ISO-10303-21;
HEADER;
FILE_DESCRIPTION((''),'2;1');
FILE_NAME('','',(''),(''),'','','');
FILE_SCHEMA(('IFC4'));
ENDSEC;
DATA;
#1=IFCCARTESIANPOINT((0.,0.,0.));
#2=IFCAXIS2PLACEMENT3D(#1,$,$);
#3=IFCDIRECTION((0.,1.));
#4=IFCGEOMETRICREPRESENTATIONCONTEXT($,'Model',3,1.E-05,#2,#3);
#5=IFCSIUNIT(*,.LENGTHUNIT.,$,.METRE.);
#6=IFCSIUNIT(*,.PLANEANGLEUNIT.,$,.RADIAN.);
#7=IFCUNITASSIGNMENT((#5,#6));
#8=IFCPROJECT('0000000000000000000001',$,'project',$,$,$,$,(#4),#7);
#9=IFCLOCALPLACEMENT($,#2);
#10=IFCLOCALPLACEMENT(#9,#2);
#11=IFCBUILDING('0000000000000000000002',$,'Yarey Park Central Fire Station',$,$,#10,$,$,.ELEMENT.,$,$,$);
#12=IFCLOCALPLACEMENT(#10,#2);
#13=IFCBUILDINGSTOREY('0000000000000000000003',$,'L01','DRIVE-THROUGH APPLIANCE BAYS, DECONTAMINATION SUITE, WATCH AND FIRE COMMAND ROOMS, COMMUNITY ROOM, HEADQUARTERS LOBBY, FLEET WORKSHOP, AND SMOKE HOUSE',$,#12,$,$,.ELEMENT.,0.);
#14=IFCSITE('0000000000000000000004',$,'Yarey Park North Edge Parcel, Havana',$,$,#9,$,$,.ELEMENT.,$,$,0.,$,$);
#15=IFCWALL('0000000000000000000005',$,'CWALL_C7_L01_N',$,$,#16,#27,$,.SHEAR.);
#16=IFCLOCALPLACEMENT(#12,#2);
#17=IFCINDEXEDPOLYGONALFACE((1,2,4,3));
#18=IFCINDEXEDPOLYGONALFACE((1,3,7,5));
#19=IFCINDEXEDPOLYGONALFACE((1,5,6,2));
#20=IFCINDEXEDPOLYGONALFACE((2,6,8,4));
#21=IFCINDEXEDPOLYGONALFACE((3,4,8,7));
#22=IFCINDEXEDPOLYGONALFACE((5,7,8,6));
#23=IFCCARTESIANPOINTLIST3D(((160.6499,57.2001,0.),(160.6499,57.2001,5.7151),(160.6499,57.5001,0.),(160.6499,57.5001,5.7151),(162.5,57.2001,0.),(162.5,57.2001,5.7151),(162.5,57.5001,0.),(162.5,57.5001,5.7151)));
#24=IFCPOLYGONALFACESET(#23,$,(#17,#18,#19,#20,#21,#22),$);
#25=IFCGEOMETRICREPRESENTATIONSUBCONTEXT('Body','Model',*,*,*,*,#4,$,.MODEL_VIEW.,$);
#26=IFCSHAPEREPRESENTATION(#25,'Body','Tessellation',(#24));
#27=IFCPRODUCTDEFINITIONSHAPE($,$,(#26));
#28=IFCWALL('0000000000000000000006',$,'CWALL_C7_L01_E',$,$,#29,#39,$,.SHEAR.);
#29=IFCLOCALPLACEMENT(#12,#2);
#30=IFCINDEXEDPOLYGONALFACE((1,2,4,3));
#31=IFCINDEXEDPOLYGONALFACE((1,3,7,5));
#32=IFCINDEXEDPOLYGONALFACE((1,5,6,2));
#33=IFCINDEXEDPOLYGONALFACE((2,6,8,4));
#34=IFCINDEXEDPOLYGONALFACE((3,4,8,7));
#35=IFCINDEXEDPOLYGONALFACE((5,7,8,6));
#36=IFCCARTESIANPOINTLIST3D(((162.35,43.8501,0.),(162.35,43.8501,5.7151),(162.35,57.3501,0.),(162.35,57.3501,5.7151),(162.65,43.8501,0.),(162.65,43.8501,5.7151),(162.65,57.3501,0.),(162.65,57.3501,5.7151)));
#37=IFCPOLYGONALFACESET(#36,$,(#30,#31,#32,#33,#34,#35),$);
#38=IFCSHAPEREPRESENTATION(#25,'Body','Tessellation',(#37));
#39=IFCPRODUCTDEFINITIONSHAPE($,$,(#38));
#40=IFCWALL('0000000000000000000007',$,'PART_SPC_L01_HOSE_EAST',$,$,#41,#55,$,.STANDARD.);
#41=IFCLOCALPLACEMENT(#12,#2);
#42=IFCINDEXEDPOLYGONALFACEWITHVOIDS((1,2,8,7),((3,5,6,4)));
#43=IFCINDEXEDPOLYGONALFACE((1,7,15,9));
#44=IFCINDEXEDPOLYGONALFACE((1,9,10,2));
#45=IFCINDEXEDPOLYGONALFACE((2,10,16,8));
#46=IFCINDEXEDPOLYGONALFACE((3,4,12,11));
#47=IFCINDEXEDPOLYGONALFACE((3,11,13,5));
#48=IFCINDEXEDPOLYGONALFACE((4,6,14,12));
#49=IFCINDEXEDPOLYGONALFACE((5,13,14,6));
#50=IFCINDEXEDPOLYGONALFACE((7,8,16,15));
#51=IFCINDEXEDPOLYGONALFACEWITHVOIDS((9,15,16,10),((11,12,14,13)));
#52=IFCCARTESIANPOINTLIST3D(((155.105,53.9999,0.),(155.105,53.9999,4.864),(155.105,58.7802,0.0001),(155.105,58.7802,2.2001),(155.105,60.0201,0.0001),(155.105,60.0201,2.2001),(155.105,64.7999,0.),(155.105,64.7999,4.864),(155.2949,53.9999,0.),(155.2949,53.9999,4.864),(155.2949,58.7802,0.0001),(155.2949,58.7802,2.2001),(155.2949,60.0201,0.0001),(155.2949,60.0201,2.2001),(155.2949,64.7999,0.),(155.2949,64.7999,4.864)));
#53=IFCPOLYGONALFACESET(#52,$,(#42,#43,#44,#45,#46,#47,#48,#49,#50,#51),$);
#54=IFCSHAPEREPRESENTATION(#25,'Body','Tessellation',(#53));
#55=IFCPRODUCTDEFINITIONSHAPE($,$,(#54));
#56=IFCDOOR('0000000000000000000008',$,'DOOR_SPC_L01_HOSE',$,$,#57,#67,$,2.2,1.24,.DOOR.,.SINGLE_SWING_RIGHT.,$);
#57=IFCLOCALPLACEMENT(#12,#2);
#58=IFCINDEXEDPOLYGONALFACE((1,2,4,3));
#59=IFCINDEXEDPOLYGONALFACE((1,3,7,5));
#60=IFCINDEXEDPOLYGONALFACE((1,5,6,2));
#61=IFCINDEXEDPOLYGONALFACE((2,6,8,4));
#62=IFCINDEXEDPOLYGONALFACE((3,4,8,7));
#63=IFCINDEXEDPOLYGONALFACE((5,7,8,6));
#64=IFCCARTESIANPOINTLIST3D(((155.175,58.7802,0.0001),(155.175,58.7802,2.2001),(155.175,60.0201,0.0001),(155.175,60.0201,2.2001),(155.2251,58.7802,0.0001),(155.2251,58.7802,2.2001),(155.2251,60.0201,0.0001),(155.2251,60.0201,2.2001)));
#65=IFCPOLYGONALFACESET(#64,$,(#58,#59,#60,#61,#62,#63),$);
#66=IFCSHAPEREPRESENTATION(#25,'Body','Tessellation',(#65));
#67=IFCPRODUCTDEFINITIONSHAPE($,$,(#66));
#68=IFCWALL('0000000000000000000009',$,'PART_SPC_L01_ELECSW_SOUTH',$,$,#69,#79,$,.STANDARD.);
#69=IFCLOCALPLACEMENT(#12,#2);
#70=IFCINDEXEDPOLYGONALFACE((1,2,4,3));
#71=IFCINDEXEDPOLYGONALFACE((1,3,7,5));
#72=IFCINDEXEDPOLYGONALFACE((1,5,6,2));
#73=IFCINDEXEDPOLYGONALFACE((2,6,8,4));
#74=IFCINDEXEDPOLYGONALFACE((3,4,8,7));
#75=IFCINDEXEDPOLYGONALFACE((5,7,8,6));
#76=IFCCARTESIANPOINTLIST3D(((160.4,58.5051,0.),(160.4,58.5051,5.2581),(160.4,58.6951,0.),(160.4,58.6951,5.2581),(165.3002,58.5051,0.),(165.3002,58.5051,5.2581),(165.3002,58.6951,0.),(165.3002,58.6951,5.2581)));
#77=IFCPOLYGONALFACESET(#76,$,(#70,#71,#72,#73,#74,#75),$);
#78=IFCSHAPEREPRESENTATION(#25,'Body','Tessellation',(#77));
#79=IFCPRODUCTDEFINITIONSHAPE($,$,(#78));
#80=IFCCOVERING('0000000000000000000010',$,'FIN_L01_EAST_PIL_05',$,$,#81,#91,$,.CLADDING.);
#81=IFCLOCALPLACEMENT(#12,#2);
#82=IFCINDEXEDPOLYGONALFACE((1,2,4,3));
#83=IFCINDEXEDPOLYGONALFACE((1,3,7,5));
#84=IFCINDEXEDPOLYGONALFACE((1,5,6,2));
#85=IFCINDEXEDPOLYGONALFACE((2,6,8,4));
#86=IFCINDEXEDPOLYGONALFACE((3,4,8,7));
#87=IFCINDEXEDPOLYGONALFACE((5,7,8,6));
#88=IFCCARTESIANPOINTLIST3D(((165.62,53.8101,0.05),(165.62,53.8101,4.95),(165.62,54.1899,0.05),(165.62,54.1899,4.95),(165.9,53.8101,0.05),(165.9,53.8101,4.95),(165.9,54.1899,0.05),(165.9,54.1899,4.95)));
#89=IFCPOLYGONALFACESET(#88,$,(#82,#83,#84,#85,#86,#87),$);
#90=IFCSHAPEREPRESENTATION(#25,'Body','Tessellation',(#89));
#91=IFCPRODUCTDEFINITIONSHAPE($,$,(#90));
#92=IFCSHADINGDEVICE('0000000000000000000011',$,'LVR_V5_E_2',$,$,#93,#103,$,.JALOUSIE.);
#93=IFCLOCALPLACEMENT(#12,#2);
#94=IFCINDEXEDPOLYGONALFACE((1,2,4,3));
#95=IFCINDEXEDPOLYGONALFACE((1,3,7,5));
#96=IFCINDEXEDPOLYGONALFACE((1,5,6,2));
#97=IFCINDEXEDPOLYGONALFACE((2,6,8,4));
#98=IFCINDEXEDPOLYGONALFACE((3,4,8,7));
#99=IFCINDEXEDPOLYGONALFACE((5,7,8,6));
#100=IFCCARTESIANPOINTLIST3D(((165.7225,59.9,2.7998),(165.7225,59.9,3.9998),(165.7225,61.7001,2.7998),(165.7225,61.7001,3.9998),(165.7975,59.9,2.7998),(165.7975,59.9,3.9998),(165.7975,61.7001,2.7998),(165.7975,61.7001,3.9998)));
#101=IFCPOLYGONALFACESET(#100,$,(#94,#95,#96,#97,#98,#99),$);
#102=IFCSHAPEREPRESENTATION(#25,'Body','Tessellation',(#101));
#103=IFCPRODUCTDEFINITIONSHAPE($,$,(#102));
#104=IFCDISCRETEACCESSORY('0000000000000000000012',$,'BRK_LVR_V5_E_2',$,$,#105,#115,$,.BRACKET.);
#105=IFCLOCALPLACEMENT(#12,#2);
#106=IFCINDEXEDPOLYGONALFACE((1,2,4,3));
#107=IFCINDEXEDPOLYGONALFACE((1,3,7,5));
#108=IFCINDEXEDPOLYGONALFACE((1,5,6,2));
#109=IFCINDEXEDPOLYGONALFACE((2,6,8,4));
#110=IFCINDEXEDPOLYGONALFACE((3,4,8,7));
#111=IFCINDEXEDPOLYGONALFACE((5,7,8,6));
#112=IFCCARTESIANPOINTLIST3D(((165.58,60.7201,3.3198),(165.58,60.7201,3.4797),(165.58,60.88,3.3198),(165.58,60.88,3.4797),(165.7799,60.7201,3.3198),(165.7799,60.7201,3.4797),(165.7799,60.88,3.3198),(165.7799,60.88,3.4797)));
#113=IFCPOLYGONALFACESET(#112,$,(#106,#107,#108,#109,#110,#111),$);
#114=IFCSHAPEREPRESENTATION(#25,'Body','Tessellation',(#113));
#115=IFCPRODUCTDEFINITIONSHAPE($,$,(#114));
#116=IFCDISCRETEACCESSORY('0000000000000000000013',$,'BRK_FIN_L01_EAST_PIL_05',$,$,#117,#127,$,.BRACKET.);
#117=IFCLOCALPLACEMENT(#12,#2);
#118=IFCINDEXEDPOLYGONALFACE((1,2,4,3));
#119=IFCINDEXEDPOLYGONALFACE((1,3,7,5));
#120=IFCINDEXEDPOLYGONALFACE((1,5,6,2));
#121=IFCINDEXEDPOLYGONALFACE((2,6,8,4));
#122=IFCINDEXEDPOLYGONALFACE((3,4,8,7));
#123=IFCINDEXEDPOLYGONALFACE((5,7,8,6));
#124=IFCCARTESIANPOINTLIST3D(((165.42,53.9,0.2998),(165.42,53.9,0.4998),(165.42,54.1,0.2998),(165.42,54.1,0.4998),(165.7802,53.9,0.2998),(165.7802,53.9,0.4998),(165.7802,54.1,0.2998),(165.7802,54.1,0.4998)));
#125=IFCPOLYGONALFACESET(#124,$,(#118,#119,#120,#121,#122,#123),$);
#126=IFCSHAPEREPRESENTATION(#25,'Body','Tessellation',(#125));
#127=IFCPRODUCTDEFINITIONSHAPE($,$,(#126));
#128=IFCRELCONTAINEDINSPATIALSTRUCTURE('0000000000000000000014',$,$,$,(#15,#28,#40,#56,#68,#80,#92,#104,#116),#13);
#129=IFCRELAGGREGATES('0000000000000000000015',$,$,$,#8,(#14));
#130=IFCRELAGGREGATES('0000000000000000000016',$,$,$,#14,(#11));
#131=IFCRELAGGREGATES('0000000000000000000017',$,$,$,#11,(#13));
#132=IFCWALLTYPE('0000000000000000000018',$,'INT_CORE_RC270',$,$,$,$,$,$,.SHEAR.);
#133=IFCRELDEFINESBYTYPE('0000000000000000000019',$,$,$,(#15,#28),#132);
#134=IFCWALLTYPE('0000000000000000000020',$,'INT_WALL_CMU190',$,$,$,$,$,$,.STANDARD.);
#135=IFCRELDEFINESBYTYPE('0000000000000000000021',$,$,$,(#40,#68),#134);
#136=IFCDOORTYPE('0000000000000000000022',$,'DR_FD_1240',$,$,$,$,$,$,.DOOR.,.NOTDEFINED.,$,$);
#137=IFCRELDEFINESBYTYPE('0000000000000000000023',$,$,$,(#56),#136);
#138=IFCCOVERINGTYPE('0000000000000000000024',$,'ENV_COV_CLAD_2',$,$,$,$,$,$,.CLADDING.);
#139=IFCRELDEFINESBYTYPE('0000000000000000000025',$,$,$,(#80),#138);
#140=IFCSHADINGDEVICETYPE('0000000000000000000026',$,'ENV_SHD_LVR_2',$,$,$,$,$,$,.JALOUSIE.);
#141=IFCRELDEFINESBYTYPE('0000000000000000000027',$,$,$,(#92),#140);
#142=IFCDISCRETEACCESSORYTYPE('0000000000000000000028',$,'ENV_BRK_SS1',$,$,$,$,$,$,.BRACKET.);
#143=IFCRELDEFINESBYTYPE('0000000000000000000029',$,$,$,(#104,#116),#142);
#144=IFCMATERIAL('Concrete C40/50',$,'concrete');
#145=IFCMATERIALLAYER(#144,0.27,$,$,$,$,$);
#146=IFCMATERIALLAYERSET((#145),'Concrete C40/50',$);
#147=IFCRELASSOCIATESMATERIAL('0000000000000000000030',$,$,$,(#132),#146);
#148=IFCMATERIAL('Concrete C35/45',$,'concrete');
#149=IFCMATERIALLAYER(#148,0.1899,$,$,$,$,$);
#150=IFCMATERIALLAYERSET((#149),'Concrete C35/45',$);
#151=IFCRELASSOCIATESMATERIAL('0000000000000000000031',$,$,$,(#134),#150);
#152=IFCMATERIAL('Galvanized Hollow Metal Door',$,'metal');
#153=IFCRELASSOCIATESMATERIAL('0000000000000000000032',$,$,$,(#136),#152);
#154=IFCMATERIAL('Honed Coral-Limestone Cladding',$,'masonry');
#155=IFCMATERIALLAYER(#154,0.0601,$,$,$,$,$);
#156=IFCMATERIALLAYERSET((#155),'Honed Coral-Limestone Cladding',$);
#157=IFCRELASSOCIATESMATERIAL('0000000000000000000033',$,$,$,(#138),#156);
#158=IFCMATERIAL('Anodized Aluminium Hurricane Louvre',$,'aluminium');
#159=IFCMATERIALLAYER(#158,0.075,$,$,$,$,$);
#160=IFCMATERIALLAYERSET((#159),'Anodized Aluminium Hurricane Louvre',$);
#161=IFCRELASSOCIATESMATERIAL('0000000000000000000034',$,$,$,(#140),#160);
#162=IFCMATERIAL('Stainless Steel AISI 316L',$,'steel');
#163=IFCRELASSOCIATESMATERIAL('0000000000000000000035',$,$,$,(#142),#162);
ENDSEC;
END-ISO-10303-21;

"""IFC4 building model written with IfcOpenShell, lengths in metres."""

from ifc_helpers import new_model, si_unit, direction, frame, frame_2d, origin, origin_2d, place, context, subcontext, project, spatial, rectangle, extrude, material, layer, layer_set, type_object, element, fill, save


model = new_model("IFC4")

# Units and contexts
model_context = context("Model", 3, precision=1e-05, world=origin(), true_north=direction((0.0, 1.0)))
body_context = subcontext(model_context, "Body", "Model", "MODEL_VIEW")
ifc_project = project(units=[si_unit("LENGTHUNIT", "METRE"), si_unit("PLANEANGLEUNIT", "RADIAN")], contexts=[model_context])

# Site, building, storey
site_placement = place(None, origin())
site = spatial("IfcSite", under=ifc_project, at=site_placement, Name="Yarey Park North Edge Parcel, Havana", CompositionType="ELEMENT", RefElevation=0.0)
building_placement = place(site_placement, origin())
building = spatial("IfcBuilding", under=site, at=building_placement, Name="Yarey Park Central Fire Station", CompositionType="ELEMENT")
storey_placement = place(building_placement, origin())
storey = spatial("IfcBuildingStorey", under=building, at=storey_placement, Name="L01", Description="DRIVE-THROUGH APPLIANCE BAYS, DECONTAMINATION SUITE, WATCH AND FIRE COMMAND ROOMS, COMMUNITY ROOM, HEADQUARTERS LOBBY, FLEET WORKSHOP, AND SMOKE HOUSE", CompositionType="ELEMENT", Elevation=0.0)

# Shared definitions
ifc_material_1 = material(Name="Concrete C35/45", Category="concrete")

# Walls
ifc_material_2 = material(Name="Concrete C40/50", Category="concrete")
ifc_layer_1 = layer(ifc_material_2, 0.27)
ifc_layer_set_1 = layer_set([ifc_layer_1], Name="Concrete C40/50")
wall_type_1 = type_object("IfcWallType", Name="INT_CORE_RC270", PredefinedType="SHEAR", material=ifc_layer_set_1)
wall_1_placement = place(storey_placement, frame((162.5, 57.3501, 0.0), z_axis=(0.0, 0.0, 1.0), x_axis=(-1.0, 0.0, 0.0)))
element("IfcWall", 1, at=wall_1_placement, inside=storey, type_object=wall_type_1, Name="CWALL_C7_L01_N", PredefinedType="SHEAR", context=body_context, shape_type="SweptSolid", body=[
    extrude(rectangle(XDim=1.8501, YDim=0.3, at=frame_2d((0.925, 0.0))), origin(), (0.0, 0.0, 1.0), 5.7151),
])
wall_2_placement = place(storey_placement, frame((162.5, 57.3501, 0.0), z_axis=(0.0, 0.0, 1.0), x_axis=(0.0, -1.0, 0.0)))
element("IfcWall", 2, at=wall_2_placement, inside=storey, type_object=wall_type_1, Name="CWALL_C7_L01_E", PredefinedType="SHEAR", context=body_context, shape_type="SweptSolid", body=[
    extrude(rectangle(XDim=13.5, YDim=0.3, at=frame_2d((6.75, 0.0))), origin(), (0.0, 0.0, 1.0), 5.7151),
])

# Wall, opening, door
ifc_layer_2 = layer(ifc_material_1, 0.1899)
ifc_layer_set_2 = layer_set([ifc_layer_2], Name="Concrete C35/45")
wall_type_2 = type_object("IfcWallType", Name="INT_WALL_CMU190", PredefinedType="STANDARD", material=ifc_layer_set_2)
wall_3_placement = place(storey_placement, frame((155.2, 54.0, 0.0), z_axis=(0.0, 0.0, 1.0), x_axis=(0.0, 1.0, 0.0)))
wall_3 = element("IfcWall", 3, at=wall_3_placement, inside=storey, type_object=wall_type_2, Name="PART_SPC_L01_HOSE_EAST", PredefinedType="STANDARD", context=body_context, shape_type="SweptSolid", body=[
    extrude(rectangle(XDim=10.8, YDim=0.1899, at=frame_2d((5.3999, 0.0))), origin(), (0.0, 0.0, 1.0), 4.864),
])
opening_placement = place(wall_3_placement, frame((4.78, 0.0, 0.0)))
opening = element("IfcOpeningElement", 4, at=opening_placement, cuts=wall_3, PredefinedType="OPENING", context=body_context, shape_type="SweptSolid", body=[
    extrude(rectangle(XDim=1.24, YDim=2.2, at=frame_2d((0.6201, 1.1001))), frame((0.0, 0.105, 0.0), z_axis=(0.0, -1.0, 0.0), x_axis=(1.0, 0.0, 0.0)), (0.0, 0.0, 1.0), 0.21),
])
ifc_material_3 = material(Name="Galvanized Hollow Metal Door", Category="metal")
door_type = type_object("IfcDoorType", Name="DR_FD_1240", OperationType="NOTDEFINED", PredefinedType="DOOR", material=ifc_material_3)
door_placement = place(opening_placement, origin())
door = element("IfcDoor", 5, at=door_placement, inside=storey, type_object=door_type, Name="DOOR_SPC_L01_HOSE", OperationType="SINGLE_SWING_RIGHT", OverallHeight=2.2, OverallWidth=1.24, PredefinedType="DOOR", context=body_context, shape_type="SweptSolid", body=[
    extrude(rectangle(XDim=1.24, YDim=2.2, at=frame_2d((0.6201, 1.1001))), frame((0.0, 0.0249, 0.0), z_axis=(0.0, -1.0, 0.0), x_axis=(1.0, 0.0, 0.0)), (0.0, 0.0, 1.0), 0.05),
])
fill(opening, door)

# Wall
wall_4_placement = place(storey_placement, frame((160.3999, 58.6001, 0.0), z_axis=(0.0, 0.0, 1.0), x_axis=(1.0, 0.0, 0.0)))
element("IfcWall", 6, at=wall_4_placement, inside=storey, type_object=wall_type_2, Name="PART_SPC_L01_ELECSW_SOUTH", PredefinedType="STANDARD", context=body_context, shape_type="SweptSolid", body=[
    extrude(rectangle(XDim=4.9001, YDim=0.1899, at=frame_2d((2.4502, 0.0))), origin(), (0.0, 0.0, 1.0), 5.2581),
])

# Covering
ifc_material_4 = material(Name="Honed Coral-Limestone Cladding", Category="masonry")
ifc_layer_3 = layer(ifc_material_4, 0.0601)
ifc_layer_set_3 = layer_set([ifc_layer_3], Name="Honed Coral-Limestone Cladding")
covering_type = type_object("IfcCoveringType", Name="ENV_COV_CLAD_2", PredefinedType="CLADDING", material=ifc_layer_set_3)
covering_placement = place(storey_placement, frame((165.76, 54.0, 0.05), z_axis=(0.0, 0.0, 1.0), x_axis=(0.0, 1.0, 0.0)))
element("IfcCovering", 7, at=covering_placement, inside=storey, type_object=covering_type, Name="FIN_L01_EAST_PIL_05", PredefinedType="CLADDING", context=body_context, shape_type="SweptSolid", body=[
    extrude(rectangle(XDim=0.3799, YDim=0.28, at=origin_2d()), origin(), (0.0, 0.0, 1.0), 4.8999),
])

# Shading device
ifc_material_5 = material(Name="Anodized Aluminium Hurricane Louvre", Category="aluminium")
ifc_layer_4 = layer(ifc_material_5, 0.075)
ifc_layer_set_4 = layer_set([ifc_layer_4], Name="Anodized Aluminium Hurricane Louvre")
shading_device_type = type_object("IfcShadingDeviceType", Name="ENV_SHD_LVR_2", PredefinedType="JALOUSIE", material=ifc_layer_set_4)
shading_device_placement = place(storey_placement, frame((165.76, 60.8, 2.7998), z_axis=(0.0, 0.0, 1.0), x_axis=(0.0, 1.0, 0.0)))
element("IfcShadingDevice", 8, at=shading_device_placement, inside=storey, type_object=shading_device_type, Name="LVR_V5_E_2", PredefinedType="JALOUSIE", context=body_context, shape_type="SweptSolid", body=[
    extrude(rectangle(XDim=1.8, YDim=0.075, at=origin_2d()), origin(), (0.0, 0.0, 1.0), 1.2),
])

# Discrete accessories
ifc_material_6 = material(Name="Stainless Steel AISI 316L", Category="steel")
discrete_accessory_type = type_object("IfcDiscreteAccessoryType", Name="ENV_BRK_SS1", PredefinedType="BRACKET", material=ifc_material_6)
discrete_accessory_1_placement = place(storey_placement, frame((165.6799, 60.8, 3.3198), z_axis=(0.0, 0.0, 1.0), x_axis=(1.0, 0.0, 0.0)))
element("IfcDiscreteAccessory", 9, at=discrete_accessory_1_placement, inside=storey, type_object=discrete_accessory_type, Name="BRK_LVR_V5_E_2", PredefinedType="BRACKET", context=body_context, shape_type="SweptSolid", body=[
    extrude(rectangle(XDim=0.2, YDim=0.1599, at=origin_2d()), origin(), (0.0, 0.0, 1.0), 0.1599),
])
discrete_accessory_2_placement = place(storey_placement, frame((165.6001, 54.0, 0.2998), z_axis=(0.0, 0.0, 1.0), x_axis=(1.0, 0.0, 0.0)))
element("IfcDiscreteAccessory", 10, at=discrete_accessory_2_placement, inside=storey, type_object=discrete_accessory_type, Name="BRK_FIN_L01_EAST_PIL_05", PredefinedType="BRACKET", context=body_context, shape_type="SweptSolid", body=[
    extrude(rectangle(XDim=0.3601, YDim=0.2, at=origin_2d()), origin(), (0.0, 0.0, 1.0), 0.2),
])

save(model, "model.ifc")
